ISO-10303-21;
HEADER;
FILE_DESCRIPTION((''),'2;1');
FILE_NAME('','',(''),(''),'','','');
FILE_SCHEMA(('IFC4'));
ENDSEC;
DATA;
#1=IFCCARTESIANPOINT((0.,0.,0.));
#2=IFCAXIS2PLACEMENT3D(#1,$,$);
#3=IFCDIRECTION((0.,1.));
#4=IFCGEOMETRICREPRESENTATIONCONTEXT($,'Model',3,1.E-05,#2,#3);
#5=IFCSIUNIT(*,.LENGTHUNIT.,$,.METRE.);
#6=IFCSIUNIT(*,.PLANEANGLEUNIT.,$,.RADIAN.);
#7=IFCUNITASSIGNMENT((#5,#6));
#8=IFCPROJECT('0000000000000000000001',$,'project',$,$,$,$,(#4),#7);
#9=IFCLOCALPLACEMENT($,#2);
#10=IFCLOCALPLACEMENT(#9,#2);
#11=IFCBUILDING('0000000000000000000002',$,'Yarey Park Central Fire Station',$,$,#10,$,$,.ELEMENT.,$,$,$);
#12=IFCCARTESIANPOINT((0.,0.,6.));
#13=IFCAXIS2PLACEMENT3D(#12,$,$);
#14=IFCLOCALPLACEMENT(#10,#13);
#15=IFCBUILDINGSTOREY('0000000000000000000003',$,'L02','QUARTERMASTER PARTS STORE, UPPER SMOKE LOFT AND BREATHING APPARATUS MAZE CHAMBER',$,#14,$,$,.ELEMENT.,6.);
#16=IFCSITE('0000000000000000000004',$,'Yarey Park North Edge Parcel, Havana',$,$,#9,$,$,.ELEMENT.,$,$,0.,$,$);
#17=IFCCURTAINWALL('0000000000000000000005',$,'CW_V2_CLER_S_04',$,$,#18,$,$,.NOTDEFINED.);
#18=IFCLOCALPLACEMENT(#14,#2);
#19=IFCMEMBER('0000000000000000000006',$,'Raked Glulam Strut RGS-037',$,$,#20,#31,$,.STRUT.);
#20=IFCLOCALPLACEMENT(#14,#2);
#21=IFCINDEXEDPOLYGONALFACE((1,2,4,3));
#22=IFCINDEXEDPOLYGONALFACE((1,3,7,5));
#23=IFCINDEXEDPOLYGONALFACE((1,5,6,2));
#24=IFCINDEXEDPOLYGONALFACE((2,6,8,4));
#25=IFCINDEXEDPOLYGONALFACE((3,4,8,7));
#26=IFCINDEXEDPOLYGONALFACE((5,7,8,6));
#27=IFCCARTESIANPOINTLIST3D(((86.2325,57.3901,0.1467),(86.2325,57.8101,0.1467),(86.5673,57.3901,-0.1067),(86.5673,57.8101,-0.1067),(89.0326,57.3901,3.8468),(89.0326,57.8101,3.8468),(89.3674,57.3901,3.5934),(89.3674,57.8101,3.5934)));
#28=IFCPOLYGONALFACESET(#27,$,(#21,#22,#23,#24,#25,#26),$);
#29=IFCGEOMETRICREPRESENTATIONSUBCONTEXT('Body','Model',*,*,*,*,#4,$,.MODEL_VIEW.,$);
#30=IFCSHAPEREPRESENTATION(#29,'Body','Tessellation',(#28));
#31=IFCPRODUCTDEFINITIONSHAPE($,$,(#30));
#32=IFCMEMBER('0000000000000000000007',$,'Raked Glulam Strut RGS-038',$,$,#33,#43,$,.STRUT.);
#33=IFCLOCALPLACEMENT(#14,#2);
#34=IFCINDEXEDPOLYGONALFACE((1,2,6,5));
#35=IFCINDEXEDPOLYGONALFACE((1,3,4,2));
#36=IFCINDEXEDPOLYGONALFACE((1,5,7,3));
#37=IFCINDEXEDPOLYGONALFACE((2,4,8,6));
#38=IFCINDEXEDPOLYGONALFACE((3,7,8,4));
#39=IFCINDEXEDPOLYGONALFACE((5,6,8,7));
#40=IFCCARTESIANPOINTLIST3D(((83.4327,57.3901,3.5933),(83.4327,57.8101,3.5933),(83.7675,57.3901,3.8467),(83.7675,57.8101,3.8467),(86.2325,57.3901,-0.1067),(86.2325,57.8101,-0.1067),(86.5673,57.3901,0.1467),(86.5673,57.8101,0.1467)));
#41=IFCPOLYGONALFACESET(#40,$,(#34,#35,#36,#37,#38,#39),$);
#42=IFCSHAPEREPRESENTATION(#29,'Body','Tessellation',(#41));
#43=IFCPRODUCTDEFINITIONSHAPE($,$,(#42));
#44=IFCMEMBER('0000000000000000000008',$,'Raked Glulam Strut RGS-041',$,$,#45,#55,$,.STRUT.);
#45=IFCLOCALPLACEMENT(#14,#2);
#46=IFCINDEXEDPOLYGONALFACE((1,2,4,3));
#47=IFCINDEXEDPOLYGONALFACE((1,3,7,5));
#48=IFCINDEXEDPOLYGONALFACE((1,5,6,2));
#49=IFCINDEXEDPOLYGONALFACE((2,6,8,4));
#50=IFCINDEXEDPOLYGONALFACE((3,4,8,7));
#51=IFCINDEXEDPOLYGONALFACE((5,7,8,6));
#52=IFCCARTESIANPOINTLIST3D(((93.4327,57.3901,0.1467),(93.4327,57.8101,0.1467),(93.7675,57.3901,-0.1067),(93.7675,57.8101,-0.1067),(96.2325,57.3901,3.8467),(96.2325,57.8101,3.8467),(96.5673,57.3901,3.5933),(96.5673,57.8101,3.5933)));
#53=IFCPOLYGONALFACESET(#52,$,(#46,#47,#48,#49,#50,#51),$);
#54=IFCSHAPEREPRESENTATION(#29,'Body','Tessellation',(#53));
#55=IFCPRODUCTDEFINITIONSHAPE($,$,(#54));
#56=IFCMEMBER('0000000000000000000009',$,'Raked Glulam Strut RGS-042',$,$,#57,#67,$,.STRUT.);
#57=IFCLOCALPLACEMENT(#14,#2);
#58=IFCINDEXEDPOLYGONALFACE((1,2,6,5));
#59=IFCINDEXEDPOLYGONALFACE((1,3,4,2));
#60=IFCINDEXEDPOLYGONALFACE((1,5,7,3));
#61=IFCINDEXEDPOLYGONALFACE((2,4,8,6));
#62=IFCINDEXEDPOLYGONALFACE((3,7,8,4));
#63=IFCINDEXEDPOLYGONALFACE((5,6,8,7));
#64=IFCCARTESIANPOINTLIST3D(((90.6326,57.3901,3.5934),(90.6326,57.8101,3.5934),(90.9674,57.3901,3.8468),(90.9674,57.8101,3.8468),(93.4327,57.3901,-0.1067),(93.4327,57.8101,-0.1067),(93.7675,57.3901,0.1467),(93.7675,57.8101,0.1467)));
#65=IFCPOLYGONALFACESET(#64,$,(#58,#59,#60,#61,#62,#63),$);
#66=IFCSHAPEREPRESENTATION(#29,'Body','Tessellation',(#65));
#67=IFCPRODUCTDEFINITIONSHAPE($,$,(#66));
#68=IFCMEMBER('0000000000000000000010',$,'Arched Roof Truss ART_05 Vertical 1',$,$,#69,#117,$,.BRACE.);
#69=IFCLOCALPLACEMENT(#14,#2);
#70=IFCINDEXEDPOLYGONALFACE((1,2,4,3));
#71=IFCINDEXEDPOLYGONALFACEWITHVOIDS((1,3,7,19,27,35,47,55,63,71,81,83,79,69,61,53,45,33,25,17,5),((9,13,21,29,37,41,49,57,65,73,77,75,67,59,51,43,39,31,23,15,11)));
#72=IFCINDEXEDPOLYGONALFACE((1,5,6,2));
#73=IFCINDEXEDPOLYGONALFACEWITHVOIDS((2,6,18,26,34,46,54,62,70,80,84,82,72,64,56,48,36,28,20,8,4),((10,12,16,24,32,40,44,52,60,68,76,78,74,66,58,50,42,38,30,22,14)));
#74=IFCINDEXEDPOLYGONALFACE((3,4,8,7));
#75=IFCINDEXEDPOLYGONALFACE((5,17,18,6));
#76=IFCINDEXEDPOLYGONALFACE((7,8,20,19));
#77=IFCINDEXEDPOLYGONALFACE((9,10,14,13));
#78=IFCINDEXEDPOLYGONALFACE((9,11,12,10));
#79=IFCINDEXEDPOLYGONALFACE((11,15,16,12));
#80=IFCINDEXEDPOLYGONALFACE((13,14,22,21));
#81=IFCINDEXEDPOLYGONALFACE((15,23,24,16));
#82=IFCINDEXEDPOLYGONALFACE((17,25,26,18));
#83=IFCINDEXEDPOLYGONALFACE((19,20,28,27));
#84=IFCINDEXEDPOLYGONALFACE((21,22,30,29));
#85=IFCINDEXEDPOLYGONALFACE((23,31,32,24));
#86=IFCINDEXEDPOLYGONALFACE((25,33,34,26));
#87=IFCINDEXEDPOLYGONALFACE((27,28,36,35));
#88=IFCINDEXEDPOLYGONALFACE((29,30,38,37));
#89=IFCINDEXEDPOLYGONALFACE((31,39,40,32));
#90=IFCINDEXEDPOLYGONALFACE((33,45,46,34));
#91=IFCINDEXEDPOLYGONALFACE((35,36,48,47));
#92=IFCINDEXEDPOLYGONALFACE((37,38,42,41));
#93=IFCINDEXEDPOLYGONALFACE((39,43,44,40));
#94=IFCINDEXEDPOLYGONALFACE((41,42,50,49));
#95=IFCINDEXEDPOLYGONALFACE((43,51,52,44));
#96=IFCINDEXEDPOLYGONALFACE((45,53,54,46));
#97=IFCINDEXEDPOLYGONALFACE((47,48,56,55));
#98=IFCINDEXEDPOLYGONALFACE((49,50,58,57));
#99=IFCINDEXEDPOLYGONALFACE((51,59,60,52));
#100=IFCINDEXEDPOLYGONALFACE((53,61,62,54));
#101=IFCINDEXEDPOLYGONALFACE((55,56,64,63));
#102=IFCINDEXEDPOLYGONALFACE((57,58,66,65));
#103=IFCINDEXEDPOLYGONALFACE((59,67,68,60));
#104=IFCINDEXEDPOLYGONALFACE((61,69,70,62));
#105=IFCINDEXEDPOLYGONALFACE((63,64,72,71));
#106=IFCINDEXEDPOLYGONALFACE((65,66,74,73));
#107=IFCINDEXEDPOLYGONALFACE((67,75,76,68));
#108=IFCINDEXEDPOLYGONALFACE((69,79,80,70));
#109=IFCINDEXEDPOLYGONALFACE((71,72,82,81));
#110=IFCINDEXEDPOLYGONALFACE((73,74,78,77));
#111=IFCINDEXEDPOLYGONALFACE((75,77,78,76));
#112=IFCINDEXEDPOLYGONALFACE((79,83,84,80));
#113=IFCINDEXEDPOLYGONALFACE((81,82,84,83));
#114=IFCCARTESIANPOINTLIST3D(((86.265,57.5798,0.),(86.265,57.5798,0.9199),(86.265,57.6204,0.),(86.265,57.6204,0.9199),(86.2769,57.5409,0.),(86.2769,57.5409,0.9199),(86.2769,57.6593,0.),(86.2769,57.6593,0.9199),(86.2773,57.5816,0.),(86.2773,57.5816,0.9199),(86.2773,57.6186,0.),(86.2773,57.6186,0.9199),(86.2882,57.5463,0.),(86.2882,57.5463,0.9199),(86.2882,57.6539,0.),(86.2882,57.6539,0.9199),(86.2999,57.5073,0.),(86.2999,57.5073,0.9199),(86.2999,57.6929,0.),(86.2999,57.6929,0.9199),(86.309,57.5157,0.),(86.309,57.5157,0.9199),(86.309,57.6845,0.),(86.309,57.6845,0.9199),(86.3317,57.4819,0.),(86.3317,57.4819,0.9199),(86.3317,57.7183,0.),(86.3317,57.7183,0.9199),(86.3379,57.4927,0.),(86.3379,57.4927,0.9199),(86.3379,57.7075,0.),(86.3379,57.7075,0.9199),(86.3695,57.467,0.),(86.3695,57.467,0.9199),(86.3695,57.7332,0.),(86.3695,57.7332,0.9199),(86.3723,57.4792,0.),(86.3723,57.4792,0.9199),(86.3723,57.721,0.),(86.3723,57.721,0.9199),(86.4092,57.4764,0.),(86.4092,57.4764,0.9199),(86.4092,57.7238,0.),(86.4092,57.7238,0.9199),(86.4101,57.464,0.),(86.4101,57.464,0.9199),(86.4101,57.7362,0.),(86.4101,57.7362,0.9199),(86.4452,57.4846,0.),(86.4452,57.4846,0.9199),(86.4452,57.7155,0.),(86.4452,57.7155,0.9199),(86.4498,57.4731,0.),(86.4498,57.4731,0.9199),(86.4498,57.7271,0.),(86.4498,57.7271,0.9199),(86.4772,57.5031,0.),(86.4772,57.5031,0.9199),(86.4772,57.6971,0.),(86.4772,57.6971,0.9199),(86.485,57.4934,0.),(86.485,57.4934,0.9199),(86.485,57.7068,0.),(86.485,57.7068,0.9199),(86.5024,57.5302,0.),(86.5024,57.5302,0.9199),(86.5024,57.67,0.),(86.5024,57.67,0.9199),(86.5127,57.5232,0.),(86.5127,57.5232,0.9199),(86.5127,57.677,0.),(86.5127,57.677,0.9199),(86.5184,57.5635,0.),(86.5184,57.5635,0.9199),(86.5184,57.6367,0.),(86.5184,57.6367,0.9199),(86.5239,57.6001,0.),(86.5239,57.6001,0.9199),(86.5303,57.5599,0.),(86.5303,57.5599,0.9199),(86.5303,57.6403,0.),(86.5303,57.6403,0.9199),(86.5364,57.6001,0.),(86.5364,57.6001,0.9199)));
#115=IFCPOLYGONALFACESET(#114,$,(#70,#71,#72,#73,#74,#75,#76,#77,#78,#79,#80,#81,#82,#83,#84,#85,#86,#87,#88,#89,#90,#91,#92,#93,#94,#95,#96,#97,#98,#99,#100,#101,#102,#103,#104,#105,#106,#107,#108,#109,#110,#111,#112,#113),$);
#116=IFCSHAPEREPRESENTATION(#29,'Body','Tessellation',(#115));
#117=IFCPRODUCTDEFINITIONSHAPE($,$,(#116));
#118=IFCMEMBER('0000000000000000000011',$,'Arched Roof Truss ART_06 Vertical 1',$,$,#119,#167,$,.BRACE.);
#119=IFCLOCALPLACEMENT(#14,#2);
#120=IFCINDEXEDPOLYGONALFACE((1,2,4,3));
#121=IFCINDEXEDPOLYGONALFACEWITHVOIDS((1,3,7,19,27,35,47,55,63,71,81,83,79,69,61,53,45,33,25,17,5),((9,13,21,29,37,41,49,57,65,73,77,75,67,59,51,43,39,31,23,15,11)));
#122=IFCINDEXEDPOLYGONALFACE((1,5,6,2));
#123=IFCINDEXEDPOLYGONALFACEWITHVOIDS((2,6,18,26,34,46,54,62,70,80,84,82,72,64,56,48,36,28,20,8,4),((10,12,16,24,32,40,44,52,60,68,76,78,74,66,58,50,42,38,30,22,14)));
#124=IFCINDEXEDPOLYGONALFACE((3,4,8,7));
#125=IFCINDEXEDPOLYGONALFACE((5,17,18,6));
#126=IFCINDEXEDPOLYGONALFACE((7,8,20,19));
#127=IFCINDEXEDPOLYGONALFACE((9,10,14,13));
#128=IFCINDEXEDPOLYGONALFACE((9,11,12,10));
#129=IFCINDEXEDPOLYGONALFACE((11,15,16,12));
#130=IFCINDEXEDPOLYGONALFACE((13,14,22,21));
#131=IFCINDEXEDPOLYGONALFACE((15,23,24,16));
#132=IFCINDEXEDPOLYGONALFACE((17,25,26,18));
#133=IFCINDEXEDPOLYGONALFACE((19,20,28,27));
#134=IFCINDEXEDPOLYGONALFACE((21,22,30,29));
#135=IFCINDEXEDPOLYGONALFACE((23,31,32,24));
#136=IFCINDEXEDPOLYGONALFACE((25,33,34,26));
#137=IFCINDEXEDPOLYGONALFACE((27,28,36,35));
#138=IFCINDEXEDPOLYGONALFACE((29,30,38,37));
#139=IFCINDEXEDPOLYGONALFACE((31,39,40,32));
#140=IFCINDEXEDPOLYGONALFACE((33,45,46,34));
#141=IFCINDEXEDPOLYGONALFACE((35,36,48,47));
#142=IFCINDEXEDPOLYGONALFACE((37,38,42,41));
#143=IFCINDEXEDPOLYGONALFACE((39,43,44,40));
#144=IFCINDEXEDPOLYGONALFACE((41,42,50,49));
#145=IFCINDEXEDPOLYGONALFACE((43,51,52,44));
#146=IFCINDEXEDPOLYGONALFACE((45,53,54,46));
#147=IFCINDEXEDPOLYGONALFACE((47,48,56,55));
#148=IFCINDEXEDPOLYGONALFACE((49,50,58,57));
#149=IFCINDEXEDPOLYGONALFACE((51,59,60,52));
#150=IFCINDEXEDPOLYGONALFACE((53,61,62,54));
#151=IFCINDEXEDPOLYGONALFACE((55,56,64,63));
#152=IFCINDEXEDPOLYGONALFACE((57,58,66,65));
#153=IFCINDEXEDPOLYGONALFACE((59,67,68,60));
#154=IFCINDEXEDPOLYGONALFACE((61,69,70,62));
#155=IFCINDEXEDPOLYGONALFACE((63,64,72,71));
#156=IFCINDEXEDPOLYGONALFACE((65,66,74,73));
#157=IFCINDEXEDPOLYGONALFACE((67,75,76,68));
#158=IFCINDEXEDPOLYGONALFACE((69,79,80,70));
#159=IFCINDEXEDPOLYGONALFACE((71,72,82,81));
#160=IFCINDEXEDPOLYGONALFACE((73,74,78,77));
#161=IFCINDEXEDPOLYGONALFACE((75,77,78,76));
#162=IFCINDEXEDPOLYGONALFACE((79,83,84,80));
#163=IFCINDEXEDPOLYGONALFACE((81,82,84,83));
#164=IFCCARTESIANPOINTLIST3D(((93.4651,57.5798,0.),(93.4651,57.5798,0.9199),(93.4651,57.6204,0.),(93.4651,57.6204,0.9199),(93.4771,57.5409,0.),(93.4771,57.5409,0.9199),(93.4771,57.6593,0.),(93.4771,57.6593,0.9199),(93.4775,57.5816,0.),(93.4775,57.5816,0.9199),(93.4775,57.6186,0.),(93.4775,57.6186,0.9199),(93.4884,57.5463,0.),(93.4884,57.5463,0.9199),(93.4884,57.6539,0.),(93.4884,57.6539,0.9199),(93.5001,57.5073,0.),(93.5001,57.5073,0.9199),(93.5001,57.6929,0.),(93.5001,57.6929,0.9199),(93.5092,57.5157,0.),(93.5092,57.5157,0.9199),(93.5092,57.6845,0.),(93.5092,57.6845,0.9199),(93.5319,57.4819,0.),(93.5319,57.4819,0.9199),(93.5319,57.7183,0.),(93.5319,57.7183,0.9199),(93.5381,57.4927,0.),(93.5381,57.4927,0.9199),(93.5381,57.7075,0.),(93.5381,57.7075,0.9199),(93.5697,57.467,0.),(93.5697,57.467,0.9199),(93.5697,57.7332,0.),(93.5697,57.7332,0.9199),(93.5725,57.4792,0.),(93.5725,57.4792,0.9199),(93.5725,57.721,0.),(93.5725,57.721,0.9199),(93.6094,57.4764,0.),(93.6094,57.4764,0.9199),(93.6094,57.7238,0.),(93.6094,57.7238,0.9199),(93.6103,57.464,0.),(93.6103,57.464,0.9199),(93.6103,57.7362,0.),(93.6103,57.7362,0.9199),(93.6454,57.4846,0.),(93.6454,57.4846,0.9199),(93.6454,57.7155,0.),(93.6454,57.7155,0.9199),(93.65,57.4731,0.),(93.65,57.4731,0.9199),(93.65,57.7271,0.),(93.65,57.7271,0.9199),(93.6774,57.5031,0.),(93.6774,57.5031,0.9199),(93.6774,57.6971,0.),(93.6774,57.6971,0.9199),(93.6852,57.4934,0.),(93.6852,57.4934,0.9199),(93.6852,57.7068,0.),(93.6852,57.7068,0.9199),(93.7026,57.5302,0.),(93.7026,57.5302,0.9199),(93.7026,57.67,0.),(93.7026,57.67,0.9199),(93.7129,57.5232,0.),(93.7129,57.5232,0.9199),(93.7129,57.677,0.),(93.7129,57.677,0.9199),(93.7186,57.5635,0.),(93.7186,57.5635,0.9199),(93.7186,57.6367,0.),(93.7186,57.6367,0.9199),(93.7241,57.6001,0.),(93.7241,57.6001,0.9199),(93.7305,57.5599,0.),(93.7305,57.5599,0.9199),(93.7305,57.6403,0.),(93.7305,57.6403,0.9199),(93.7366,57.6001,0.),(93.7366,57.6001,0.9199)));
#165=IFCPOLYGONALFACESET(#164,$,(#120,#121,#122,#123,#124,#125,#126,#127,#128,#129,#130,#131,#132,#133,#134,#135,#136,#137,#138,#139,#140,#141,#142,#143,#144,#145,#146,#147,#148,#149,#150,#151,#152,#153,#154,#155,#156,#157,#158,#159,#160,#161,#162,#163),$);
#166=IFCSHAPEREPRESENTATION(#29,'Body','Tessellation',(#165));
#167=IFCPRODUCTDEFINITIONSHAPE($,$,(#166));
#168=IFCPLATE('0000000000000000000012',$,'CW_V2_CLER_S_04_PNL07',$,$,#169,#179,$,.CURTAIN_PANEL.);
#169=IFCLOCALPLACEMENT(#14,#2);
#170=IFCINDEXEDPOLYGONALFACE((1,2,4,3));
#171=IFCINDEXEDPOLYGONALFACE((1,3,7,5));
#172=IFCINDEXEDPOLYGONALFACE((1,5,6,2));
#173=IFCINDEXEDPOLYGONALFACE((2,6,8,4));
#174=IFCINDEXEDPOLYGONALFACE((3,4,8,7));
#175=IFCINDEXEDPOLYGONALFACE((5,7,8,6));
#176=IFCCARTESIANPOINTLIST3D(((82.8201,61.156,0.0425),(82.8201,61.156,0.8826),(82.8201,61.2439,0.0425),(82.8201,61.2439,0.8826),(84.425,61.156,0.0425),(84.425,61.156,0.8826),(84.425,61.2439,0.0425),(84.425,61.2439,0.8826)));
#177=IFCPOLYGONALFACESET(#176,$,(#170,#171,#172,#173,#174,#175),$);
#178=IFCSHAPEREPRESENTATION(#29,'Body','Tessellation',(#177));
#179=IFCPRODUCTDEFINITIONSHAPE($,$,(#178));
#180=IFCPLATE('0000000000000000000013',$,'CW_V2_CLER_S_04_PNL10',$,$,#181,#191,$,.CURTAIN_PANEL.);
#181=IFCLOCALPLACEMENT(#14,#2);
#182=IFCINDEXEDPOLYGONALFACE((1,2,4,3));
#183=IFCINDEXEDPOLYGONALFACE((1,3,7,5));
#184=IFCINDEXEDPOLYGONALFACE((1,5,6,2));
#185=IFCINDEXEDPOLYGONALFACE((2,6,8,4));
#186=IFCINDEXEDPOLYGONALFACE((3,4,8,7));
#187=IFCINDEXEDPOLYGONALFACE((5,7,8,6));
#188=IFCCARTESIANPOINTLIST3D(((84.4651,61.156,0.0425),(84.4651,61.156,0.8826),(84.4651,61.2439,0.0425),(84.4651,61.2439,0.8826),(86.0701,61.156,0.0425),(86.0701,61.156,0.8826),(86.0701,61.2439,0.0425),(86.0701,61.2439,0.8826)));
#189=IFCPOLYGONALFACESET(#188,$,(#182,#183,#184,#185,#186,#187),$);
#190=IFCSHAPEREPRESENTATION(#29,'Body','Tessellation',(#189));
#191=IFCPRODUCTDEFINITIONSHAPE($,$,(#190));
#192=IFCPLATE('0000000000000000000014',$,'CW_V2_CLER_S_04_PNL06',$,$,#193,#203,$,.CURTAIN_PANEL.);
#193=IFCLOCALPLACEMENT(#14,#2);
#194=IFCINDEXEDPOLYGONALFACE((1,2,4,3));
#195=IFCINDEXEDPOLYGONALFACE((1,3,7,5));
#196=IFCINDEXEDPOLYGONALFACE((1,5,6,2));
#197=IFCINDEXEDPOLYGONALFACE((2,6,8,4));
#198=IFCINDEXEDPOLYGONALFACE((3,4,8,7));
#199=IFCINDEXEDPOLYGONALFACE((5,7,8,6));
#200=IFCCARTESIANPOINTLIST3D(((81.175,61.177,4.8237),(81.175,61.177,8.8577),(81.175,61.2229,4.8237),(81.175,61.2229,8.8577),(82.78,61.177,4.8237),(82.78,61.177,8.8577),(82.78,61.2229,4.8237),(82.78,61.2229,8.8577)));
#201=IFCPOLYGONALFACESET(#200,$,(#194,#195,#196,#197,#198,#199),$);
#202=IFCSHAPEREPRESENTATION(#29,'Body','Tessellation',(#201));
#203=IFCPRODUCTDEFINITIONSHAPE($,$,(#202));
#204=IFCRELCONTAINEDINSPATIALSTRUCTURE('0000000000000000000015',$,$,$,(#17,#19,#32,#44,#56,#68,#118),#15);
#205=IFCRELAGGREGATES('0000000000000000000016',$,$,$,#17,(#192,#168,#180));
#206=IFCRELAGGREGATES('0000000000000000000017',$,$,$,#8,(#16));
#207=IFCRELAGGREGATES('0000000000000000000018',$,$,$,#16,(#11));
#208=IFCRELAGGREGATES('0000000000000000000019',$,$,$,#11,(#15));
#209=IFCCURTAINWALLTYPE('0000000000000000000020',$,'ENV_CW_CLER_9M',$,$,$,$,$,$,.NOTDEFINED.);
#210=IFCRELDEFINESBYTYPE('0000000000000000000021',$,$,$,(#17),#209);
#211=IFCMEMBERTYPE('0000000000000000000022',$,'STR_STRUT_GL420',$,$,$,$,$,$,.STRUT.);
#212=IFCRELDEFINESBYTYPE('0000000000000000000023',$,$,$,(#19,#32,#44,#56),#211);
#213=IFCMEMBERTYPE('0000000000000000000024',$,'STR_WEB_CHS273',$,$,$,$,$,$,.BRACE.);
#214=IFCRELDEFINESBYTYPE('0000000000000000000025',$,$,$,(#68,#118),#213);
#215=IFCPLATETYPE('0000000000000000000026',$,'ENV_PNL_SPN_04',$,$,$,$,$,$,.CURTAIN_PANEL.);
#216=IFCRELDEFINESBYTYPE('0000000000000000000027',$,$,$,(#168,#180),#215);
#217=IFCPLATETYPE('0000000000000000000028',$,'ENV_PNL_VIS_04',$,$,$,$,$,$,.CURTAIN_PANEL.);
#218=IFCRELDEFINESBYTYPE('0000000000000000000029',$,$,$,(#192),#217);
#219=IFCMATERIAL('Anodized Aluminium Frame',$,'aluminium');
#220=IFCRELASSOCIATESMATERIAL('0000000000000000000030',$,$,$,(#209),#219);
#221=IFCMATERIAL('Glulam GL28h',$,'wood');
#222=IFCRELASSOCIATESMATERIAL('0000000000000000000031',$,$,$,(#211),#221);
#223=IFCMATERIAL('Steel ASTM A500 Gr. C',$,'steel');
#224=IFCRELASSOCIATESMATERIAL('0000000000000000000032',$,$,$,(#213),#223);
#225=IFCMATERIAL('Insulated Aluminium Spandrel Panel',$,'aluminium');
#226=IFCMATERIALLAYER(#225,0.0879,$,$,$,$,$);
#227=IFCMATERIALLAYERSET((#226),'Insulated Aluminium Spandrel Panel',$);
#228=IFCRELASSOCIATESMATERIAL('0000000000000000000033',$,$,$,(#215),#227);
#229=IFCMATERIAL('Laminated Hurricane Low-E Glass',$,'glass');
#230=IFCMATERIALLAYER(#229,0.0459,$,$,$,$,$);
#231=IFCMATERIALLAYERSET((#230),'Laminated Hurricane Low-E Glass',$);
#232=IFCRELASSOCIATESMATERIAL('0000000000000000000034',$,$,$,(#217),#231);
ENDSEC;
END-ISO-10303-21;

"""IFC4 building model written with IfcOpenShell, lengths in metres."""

from ifc_helpers import new_model, si_unit, direction, frame, origin, origin_2d, place, context, subcontext, project, spatial, rectangle, hollow_circle, extrude, material, layer, layer_set, material_profile, profile_set, type_object, element, aggregate, save


model = new_model("IFC4")

# Units and contexts
model_context = context("Model", 3, precision=1e-05, world=origin(), true_north=direction((0.0, 1.0)))
body_context = subcontext(model_context, "Body", "Model", "MODEL_VIEW")
ifc_project = project(units=[si_unit("LENGTHUNIT", "METRE"), si_unit("PLANEANGLEUNIT", "RADIAN")], contexts=[model_context])

# Site, building, storey
site_placement = place(None, origin())
site = spatial("IfcSite", under=ifc_project, at=site_placement, Name="Yarey Park North Edge Parcel, Havana", CompositionType="ELEMENT", RefElevation=0.0)
building_placement = place(site_placement, origin())
building = spatial("IfcBuilding", under=site, at=building_placement, Name="Yarey Park Central Fire Station", CompositionType="ELEMENT")
storey_placement = place(building_placement, frame((0.0, 0.0, 6.0)))
storey = spatial("IfcBuildingStorey", under=building, at=storey_placement, Name="L02", Description="QUARTERMASTER PARTS STORE, UPPER SMOKE LOFT AND BREATHING APPARATUS MAZE CHAMBER", CompositionType="ELEMENT", Elevation=6.0)

# Curtain wall
ifc_material_1 = material(Name="Anodized Aluminium Frame", Category="aluminium")
curtain_wall_type = type_object("IfcCurtainWallType", Name="ENV_CW_CLER_9M", PredefinedType="NOTDEFINED", material=ifc_material_1)
curtain_wall_1_placement = place(storey_placement, origin())
curtain_wall_1 = element("IfcCurtainWall", 1, at=curtain_wall_1_placement, inside=storey, type_object=curtain_wall_type, Name="CW_V2_CLER_S_04", PredefinedType="NOTDEFINED")

# Shared definitions
ifc_material_2 = material(Name="Steel ASTM A500 Gr. C", Category="steel")

# Members
ifc_material_3 = material(Name="Glulam GL28h", Category="wood")
ifc_material_profile_1 = material_profile(ifc_material_3, rectangle(XDim=0.4199, YDim=0.4199, at=origin_2d()), Name="GL 420x420")
ifc_profile_set_1 = profile_set([ifc_material_profile_1], Name="Glulam GL28h")
member_type_1 = type_object("IfcMemberType", Name="STR_STRUT_GL420", PredefinedType="STRUT", material=ifc_profile_set_1)
member_1_placement = place(storey_placement, frame((86.3999, 57.6001, 0.02), z_axis=(0.603454, 0.0, 0.797397), x_axis=(0.0, 1.0, 0.0)))
element("IfcMember", 2, at=member_1_placement, inside=storey, type_object=member_type_1, Name="Raked Glulam Strut RGS-037", PredefinedType="STRUT", context=body_context, shape_type="SweptSolid", body=[
    extrude(rectangle(XDim=0.4199, YDim=0.4199, at=origin_2d()), origin(), (0.0, 0.0, 1.0), 4.6401),
])
for number, where, z_axis, x_axis, name in (
    (3, (86.3999, 57.6001, 0.02), (-0.603421, 0.0, 0.797423), (0.0, -1.0, 0.0), "Raked Glulam Strut RGS-038"),
    (4, (93.6001, 57.6001, 0.02), (0.603421, 0.0, 0.797423), (0.0, 1.0, 0.0), "Raked Glulam Strut RGS-041"),
):
    element("IfcMember", number, at=place(storey_placement, frame(where, z_axis=z_axis, x_axis=x_axis)), inside=storey, type_object=member_type_1, Name=name, PredefinedType="STRUT", context=body_context, shape_type="SweptSolid", body=[
        extrude(rectangle(XDim=0.4199, YDim=0.4199, at=origin_2d()), origin(), (0.0, 0.0, 1.0), 4.6399),
    ])
member_2_placement = place(storey_placement, frame((93.6001, 57.6001, 0.02), z_axis=(-0.603454, 0.0, 0.797397), x_axis=(0.0, -1.0, 0.0)))
element("IfcMember", 5, at=member_2_placement, inside=storey, type_object=member_type_1, Name="Raked Glulam Strut RGS-042", PredefinedType="STRUT", context=body_context, shape_type="SweptSolid", body=[
    extrude(rectangle(XDim=0.4199, YDim=0.4199, at=origin_2d()), origin(), (0.0, 0.0, 1.0), 4.6401),
])
ifc_material_profile_2 = material_profile(ifc_material_2, hollow_circle(Radius=0.1365, WallThickness=0.0125, at=origin_2d()), Name="CHS 273x12.5")
ifc_profile_set_2 = profile_set([ifc_material_profile_2], Name="Steel ASTM A500 Gr. C")
member_type_2 = type_object("IfcMemberType", Name="STR_WEB_CHS273", PredefinedType="BRACE", material=ifc_profile_set_2)
for number, where, z_axis, x_axis, name in (
    (6, (86.3999, 57.6001, 0.0), (0.0, 0.0, 1.0), (1.0, 0.0, 0.0), "Arched Roof Truss ART_05 Vertical 1"),
    (7, (93.6001, 57.6001, 0.0), (0.0, 0.0, 1.0), (1.0, 0.0, 0.0), "Arched Roof Truss ART_06 Vertical 1"),
):
    element("IfcMember", number, at=place(storey_placement, frame(where, z_axis=z_axis, x_axis=x_axis)), inside=storey, type_object=member_type_2, Name=name, PredefinedType="BRACE", context=body_context, shape_type="SweptSolid", body=[
        extrude(hollow_circle(Radius=0.1365, WallThickness=0.0125, at=origin_2d()), origin(), (0.0, 0.0, 1.0), 0.9199),
    ])

# Plates
ifc_material_4 = material(Name="Insulated Aluminium Spandrel Panel", Category="aluminium")
ifc_layer_1 = layer(ifc_material_4, 0.0879)
ifc_layer_set_1 = layer_set([ifc_layer_1], Name="Insulated Aluminium Spandrel Panel")
plate_type_1 = type_object("IfcPlateType", Name="ENV_PNL_SPN_04", PredefinedType="CURTAIN_PANEL", material=ifc_layer_set_1)
plate_1_placement = place(storey_placement, frame((83.6226, 61.2, 0.0425), z_axis=(0.0, 0.0, 1.0), x_axis=(1.0, 0.0, 0.0)))
plate_1 = element("IfcPlate", 8, at=plate_1_placement, type_object=plate_type_1, Name="CW_V2_CLER_S_04_PNL07", PredefinedType="CURTAIN_PANEL", context=body_context, shape_type="SweptSolid", body=[
    extrude(rectangle(XDim=1.605, YDim=0.0879, at=origin_2d()), origin(), (0.0, 0.0, 1.0), 0.8401),
])
plate_2_placement = place(storey_placement, frame((85.2676, 61.2, 0.0425), z_axis=(0.0, 0.0, 1.0), x_axis=(1.0, 0.0, 0.0)))
plate_2 = element("IfcPlate", 9, at=plate_2_placement, type_object=plate_type_1, Name="CW_V2_CLER_S_04_PNL10", PredefinedType="CURTAIN_PANEL", context=body_context, shape_type="SweptSolid", body=[
    extrude(rectangle(XDim=1.605, YDim=0.0879, at=origin_2d()), origin(), (0.0, 0.0, 1.0), 0.8401),
])
ifc_material_5 = material(Name="Laminated Hurricane Low-E Glass", Category="glass")
ifc_layer_2 = layer(ifc_material_5, 0.0459)
ifc_layer_set_2 = layer_set([ifc_layer_2], Name="Laminated Hurricane Low-E Glass")
plate_type_2 = type_object("IfcPlateType", Name="ENV_PNL_VIS_04", PredefinedType="CURTAIN_PANEL", material=ifc_layer_set_2)
plate_3_placement = place(storey_placement, frame((81.9775, 61.2, 4.8237), z_axis=(0.0, 0.0, 1.0), x_axis=(1.0, 0.0, 0.0)))
plate_3 = element("IfcPlate", 10, at=plate_3_placement, type_object=plate_type_2, Name="CW_V2_CLER_S_04_PNL06", PredefinedType="CURTAIN_PANEL", context=body_context, shape_type="SweptSolid", body=[
    extrude(rectangle(XDim=1.605, YDim=0.0459, at=origin_2d()), origin(), (0.0, 0.0, 1.0), 4.0339),
])
aggregate(curtain_wall_1, [plate_3, plate_1, plate_2])

save(model, "model.ifc")
